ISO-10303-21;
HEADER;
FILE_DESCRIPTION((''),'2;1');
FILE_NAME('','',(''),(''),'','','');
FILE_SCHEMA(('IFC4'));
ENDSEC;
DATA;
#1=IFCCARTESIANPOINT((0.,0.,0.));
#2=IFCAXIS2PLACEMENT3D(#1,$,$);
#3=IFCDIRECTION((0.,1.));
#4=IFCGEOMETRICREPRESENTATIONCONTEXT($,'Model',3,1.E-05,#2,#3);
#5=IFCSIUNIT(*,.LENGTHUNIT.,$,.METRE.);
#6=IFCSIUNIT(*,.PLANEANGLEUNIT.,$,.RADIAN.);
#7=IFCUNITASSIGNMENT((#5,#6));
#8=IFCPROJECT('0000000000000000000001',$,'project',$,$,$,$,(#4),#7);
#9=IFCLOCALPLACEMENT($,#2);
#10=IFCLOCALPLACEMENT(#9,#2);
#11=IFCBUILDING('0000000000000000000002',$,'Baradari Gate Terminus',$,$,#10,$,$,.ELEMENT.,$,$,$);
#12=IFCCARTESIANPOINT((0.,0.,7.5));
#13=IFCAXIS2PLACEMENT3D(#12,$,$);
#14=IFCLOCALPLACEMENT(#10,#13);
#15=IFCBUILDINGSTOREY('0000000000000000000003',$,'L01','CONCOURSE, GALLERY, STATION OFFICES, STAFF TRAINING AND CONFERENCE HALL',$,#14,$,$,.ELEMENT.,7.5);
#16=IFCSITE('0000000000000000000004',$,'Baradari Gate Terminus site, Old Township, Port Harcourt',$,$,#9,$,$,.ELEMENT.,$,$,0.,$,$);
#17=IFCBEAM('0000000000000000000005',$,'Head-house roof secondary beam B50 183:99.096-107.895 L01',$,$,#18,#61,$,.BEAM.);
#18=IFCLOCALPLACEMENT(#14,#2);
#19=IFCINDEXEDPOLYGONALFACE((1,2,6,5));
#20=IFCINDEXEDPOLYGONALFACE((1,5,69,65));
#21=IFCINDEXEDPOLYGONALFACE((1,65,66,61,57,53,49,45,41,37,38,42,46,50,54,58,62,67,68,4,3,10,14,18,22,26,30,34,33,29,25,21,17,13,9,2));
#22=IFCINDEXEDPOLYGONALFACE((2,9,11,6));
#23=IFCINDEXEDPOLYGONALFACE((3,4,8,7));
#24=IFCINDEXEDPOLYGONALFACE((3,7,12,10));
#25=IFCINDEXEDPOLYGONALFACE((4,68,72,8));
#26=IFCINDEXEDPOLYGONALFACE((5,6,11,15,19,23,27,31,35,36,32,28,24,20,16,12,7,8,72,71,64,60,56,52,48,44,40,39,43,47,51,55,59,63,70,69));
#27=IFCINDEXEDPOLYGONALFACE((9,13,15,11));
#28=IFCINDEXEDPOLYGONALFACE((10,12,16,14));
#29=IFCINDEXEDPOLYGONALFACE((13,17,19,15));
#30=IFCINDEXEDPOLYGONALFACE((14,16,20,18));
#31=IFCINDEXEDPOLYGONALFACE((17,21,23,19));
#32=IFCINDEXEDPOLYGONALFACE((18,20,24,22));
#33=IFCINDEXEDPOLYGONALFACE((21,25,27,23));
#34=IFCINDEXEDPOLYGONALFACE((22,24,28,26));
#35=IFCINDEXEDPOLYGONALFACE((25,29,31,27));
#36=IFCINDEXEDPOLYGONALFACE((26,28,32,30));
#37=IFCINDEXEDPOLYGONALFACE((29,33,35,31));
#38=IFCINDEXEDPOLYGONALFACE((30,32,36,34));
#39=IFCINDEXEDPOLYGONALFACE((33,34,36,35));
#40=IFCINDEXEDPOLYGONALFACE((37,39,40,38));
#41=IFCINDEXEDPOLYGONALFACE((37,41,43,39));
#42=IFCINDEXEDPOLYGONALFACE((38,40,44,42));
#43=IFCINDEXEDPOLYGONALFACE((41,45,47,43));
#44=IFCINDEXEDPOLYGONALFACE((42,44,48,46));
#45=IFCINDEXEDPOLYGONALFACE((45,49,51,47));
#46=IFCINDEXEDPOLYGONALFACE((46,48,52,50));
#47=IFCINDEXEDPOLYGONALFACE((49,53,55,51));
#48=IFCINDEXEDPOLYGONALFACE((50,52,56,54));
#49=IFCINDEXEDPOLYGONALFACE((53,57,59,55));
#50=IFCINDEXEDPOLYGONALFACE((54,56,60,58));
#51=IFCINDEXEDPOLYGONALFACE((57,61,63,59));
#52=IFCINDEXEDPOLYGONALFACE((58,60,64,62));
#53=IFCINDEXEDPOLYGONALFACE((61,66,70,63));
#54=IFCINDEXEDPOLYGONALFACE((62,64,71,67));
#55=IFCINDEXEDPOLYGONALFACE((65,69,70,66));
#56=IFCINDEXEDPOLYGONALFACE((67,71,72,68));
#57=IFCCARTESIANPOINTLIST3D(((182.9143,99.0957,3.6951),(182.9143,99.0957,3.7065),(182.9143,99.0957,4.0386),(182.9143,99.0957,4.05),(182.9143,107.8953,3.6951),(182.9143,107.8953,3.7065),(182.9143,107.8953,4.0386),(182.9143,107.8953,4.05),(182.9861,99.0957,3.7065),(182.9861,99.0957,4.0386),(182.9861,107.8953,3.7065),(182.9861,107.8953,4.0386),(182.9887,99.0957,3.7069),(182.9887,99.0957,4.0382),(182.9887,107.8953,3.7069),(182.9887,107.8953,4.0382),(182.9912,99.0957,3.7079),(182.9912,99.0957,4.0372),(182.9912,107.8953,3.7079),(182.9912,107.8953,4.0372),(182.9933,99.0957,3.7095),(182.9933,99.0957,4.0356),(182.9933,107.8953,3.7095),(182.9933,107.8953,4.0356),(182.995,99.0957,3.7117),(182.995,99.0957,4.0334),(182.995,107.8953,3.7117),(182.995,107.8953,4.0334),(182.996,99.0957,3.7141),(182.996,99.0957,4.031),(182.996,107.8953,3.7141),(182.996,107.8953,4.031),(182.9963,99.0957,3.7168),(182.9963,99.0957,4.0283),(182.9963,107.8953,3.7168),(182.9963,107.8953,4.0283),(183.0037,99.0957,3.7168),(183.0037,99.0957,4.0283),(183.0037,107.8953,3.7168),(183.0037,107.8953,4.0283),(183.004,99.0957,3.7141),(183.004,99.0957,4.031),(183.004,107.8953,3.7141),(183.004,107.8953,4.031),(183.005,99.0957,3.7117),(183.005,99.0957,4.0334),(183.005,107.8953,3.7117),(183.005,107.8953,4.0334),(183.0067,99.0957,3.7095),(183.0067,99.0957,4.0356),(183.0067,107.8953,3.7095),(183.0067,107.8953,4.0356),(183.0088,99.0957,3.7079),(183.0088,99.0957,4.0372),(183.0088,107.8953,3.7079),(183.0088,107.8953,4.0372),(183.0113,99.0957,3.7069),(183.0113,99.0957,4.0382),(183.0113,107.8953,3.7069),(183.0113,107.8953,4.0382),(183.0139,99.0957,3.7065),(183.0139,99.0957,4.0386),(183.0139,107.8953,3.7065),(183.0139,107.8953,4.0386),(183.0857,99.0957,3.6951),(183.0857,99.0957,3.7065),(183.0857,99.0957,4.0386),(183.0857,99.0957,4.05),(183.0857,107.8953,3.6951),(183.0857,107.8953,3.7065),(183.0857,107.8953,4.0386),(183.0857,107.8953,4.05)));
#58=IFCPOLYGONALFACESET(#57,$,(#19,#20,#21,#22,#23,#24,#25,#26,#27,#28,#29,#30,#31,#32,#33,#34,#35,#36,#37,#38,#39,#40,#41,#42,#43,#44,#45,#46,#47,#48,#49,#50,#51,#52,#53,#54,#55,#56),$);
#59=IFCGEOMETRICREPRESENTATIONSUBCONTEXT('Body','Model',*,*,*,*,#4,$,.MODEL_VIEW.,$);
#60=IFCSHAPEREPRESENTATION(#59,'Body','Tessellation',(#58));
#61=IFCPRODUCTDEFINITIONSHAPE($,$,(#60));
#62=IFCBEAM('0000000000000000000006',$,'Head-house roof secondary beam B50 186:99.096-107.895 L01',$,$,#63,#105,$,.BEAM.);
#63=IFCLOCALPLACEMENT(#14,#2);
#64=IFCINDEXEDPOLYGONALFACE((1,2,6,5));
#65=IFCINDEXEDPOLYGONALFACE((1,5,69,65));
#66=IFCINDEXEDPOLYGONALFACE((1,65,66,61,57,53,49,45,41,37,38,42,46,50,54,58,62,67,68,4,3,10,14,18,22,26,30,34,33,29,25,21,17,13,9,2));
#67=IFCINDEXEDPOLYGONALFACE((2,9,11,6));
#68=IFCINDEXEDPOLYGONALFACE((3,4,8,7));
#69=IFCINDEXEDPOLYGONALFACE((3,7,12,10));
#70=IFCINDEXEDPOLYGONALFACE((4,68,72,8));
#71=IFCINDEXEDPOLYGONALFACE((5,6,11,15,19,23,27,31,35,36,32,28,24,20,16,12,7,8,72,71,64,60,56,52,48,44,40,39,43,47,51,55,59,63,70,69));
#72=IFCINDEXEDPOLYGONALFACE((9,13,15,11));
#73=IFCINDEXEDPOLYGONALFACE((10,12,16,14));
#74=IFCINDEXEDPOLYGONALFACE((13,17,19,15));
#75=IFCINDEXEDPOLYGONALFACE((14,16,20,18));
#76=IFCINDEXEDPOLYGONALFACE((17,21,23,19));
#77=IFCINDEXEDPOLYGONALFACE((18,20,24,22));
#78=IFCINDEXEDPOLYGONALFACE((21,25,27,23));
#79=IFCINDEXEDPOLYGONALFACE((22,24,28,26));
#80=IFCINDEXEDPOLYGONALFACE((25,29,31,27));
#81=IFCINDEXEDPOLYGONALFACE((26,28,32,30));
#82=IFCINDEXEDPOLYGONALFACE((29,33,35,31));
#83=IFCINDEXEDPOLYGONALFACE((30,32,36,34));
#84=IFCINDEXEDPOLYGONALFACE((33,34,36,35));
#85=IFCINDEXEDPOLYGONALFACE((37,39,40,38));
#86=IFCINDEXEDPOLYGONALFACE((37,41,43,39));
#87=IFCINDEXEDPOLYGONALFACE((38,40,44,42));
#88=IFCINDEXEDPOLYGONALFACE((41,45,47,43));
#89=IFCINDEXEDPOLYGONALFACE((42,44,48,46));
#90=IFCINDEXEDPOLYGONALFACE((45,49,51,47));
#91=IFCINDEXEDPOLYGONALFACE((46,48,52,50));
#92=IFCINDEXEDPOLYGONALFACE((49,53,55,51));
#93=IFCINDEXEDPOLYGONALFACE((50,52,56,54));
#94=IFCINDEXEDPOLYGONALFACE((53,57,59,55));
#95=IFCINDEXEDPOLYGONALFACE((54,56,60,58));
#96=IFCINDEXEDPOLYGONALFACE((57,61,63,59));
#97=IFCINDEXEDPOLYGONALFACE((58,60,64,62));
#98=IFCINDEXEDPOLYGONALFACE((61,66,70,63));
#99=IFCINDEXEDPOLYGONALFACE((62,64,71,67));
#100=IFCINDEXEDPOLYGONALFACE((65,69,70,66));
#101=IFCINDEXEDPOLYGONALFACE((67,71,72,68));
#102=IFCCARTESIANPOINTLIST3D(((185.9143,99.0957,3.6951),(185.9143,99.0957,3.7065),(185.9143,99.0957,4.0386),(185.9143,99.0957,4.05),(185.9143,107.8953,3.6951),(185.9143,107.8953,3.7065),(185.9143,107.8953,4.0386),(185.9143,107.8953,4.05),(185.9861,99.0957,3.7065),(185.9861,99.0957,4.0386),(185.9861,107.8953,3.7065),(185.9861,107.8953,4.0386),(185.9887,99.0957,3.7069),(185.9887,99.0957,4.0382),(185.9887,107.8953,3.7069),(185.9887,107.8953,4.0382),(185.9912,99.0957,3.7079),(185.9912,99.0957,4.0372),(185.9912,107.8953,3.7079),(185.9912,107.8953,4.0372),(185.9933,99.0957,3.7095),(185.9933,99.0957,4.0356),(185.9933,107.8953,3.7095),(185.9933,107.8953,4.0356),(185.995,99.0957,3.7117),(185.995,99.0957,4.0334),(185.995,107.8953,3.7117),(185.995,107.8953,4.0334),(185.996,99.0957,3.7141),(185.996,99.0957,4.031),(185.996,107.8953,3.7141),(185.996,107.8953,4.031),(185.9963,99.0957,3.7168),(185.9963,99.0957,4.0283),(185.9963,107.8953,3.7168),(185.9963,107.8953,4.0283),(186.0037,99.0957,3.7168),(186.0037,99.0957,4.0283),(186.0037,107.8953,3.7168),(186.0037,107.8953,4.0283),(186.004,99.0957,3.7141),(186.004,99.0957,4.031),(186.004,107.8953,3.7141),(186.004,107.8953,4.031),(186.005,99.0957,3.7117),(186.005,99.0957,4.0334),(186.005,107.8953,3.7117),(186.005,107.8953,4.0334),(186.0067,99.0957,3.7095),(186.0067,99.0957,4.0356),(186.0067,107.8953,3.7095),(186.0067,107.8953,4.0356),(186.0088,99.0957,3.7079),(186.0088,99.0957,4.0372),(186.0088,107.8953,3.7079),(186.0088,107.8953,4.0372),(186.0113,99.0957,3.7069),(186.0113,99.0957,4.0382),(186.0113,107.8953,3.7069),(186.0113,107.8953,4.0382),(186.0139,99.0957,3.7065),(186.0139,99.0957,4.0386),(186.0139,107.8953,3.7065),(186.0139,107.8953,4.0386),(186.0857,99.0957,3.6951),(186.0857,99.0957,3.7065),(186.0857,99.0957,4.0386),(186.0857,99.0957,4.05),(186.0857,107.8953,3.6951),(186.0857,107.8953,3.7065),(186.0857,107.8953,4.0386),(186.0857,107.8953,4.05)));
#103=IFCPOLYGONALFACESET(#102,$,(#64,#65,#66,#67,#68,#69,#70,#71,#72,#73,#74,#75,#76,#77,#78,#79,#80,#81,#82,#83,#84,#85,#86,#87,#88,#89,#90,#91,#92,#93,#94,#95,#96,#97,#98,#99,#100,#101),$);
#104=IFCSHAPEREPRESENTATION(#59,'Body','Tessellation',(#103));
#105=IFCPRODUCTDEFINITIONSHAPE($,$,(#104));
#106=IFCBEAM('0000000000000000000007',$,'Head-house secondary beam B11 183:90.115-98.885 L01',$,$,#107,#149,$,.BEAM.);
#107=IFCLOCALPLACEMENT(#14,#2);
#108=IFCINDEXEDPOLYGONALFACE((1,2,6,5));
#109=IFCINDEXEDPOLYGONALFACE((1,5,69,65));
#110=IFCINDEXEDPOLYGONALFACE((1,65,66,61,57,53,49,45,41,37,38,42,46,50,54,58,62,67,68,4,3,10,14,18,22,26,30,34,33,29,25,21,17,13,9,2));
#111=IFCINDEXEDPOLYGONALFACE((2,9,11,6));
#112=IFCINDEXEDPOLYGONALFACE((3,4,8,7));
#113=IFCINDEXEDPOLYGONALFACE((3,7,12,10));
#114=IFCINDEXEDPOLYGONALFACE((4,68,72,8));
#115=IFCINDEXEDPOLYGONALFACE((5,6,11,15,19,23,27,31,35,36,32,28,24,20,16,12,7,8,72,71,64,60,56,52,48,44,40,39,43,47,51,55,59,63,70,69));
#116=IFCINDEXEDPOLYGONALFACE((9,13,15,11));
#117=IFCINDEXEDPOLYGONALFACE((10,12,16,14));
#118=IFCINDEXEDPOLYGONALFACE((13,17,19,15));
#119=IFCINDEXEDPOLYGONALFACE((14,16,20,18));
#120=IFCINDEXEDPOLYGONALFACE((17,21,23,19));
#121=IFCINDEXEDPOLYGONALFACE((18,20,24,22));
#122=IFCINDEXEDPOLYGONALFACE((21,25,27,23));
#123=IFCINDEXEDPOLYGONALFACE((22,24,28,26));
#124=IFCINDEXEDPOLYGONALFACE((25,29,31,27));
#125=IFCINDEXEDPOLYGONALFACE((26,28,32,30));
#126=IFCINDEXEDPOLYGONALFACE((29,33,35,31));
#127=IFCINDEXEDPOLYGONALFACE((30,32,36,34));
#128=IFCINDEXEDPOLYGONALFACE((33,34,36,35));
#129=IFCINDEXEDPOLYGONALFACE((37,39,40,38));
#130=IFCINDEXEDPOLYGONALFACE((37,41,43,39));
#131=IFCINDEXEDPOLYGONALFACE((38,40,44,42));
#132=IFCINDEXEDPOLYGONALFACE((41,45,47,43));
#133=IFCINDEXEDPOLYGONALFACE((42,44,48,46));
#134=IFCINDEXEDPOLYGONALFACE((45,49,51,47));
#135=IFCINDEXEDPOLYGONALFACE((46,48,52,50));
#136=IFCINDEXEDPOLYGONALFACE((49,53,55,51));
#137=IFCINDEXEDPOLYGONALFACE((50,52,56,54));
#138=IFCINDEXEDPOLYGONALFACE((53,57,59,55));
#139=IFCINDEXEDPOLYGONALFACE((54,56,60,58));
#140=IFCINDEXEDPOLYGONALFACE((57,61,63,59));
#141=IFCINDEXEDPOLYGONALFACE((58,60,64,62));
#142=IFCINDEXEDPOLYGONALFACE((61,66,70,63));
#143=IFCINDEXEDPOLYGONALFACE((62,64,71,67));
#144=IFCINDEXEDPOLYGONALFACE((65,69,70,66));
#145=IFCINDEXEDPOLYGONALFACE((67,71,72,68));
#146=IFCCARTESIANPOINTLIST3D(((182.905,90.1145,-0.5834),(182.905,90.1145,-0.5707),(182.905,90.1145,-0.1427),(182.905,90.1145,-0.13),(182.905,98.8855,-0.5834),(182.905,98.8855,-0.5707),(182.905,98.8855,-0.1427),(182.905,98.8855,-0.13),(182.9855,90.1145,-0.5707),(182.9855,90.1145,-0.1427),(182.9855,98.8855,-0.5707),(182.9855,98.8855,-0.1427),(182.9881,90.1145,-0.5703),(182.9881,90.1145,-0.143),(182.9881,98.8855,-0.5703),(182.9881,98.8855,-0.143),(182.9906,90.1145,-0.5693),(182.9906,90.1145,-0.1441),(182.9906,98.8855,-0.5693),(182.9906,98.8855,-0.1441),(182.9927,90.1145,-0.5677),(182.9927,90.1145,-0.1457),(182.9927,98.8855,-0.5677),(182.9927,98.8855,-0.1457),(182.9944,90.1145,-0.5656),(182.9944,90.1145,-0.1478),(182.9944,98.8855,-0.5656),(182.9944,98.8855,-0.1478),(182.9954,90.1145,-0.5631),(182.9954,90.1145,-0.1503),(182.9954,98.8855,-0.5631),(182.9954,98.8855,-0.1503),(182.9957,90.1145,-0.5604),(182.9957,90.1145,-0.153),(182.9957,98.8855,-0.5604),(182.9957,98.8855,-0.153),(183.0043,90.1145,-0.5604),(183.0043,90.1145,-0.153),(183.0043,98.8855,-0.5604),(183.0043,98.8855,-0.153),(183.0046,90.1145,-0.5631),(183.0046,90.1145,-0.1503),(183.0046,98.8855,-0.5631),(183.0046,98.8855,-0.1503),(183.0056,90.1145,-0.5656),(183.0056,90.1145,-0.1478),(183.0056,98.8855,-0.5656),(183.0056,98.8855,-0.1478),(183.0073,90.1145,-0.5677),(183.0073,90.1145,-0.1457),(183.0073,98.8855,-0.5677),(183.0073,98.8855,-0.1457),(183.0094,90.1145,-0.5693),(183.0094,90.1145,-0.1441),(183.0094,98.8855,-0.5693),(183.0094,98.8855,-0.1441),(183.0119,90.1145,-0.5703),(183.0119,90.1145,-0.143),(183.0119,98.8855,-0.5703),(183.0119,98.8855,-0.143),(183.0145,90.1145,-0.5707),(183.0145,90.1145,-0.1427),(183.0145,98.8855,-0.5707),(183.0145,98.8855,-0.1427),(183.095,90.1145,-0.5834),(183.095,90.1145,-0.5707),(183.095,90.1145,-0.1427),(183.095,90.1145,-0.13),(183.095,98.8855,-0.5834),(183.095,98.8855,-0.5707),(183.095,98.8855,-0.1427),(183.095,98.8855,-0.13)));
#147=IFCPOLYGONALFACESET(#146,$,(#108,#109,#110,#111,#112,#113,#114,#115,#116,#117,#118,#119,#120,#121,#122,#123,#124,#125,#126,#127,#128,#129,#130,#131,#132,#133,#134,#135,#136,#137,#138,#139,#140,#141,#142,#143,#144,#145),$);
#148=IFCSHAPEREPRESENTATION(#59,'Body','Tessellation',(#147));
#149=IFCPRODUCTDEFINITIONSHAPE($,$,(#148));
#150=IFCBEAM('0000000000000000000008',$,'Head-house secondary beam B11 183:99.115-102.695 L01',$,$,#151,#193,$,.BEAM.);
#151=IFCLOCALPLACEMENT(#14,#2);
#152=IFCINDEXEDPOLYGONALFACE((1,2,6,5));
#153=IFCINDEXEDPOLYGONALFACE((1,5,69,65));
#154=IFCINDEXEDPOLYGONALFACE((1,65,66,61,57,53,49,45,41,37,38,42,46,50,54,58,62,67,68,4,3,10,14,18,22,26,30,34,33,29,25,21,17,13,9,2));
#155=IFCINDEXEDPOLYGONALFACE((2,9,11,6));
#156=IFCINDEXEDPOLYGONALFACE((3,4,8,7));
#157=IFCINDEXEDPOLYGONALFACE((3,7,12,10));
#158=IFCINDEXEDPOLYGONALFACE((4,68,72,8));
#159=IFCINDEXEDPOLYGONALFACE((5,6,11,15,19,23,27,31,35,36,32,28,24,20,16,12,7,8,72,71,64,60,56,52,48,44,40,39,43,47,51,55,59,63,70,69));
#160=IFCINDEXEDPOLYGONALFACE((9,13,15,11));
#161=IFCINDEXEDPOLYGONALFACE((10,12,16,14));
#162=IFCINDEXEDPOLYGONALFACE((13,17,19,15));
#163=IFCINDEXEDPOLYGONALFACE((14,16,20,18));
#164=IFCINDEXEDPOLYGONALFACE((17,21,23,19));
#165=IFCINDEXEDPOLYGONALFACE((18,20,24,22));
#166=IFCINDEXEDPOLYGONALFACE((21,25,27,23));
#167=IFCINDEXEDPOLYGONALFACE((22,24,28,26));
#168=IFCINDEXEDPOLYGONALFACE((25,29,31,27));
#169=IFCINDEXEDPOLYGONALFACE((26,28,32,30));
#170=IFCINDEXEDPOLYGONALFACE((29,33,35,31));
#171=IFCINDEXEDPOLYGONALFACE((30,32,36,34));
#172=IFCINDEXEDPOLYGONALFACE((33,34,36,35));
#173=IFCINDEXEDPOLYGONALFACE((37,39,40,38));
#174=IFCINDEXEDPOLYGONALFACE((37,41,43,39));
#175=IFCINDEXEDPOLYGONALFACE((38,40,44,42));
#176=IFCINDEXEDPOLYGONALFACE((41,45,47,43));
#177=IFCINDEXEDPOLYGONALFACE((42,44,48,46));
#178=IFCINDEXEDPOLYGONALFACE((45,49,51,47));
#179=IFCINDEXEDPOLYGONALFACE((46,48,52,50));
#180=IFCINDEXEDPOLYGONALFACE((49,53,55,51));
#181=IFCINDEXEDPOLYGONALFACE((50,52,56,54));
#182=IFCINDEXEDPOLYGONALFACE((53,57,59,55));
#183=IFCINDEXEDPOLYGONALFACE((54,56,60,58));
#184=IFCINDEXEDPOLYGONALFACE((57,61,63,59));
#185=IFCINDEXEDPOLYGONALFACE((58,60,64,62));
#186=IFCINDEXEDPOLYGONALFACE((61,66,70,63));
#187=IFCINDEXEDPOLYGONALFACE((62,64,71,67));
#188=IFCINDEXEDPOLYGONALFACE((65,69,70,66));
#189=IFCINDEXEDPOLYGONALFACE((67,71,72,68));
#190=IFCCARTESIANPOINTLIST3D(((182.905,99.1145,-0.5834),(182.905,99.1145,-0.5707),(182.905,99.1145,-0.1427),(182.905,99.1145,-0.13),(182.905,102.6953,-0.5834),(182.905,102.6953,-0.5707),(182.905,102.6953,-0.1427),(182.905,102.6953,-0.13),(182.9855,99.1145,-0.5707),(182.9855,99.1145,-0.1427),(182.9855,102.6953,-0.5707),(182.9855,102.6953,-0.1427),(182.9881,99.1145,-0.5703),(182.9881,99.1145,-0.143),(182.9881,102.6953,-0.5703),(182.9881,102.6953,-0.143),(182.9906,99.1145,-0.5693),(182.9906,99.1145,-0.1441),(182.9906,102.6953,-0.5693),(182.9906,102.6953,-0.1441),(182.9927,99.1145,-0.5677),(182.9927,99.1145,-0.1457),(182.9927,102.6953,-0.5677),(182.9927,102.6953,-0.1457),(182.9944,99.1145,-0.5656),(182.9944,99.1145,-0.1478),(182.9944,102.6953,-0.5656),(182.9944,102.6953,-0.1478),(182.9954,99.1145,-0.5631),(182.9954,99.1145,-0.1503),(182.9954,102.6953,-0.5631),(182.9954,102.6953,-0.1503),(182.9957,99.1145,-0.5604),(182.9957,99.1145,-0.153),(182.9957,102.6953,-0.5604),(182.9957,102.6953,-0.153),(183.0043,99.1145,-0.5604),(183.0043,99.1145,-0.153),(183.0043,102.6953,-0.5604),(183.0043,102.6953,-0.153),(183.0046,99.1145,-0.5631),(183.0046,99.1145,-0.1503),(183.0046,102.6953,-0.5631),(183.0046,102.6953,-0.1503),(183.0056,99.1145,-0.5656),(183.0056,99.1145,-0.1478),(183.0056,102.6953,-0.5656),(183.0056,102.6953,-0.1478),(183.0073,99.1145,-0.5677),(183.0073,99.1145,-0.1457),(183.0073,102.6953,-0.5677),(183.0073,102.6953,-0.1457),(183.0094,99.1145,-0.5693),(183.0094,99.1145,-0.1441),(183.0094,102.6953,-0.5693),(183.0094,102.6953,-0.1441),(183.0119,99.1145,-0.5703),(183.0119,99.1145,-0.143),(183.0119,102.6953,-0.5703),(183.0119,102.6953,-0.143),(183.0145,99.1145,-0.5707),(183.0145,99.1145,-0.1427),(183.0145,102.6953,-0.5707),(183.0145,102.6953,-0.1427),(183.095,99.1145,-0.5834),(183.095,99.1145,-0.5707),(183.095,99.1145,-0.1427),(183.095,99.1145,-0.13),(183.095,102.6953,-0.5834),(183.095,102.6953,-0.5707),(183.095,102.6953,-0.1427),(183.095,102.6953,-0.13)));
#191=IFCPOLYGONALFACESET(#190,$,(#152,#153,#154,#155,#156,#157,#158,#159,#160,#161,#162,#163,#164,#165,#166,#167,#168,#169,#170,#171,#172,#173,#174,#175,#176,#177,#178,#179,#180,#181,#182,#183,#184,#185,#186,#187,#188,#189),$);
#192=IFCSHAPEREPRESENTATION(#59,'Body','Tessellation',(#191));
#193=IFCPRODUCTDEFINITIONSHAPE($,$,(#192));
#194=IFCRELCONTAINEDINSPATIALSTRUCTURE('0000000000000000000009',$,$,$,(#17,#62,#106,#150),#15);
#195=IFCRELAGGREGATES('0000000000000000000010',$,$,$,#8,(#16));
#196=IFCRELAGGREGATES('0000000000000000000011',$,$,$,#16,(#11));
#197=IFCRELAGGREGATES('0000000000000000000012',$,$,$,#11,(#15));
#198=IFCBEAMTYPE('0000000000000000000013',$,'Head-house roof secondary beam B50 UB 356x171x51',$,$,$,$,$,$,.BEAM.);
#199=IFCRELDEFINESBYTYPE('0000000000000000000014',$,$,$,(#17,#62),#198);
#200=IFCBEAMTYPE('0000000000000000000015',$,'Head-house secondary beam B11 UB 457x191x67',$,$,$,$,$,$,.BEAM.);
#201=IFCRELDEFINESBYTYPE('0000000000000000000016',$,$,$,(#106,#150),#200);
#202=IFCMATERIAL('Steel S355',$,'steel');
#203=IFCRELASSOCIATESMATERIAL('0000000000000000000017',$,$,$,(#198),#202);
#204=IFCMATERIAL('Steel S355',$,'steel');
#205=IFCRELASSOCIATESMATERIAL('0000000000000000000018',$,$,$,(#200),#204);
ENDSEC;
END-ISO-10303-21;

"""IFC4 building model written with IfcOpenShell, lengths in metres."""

from ifc_helpers import new_model, si_unit, direction, frame, origin, origin_2d, place, context, subcontext, project, spatial, i_section, extrude, material, material_profile, profile_set, type_object, element, save


model = new_model("IFC4")

# Units and contexts
model_context = context("Model", 3, precision=1e-05, world=origin(), true_north=direction((0.0, 1.0)))
body_context = subcontext(model_context, "Body", "Model", "MODEL_VIEW")
ifc_project = project(units=[si_unit("LENGTHUNIT", "METRE"), si_unit("PLANEANGLEUNIT", "RADIAN")], contexts=[model_context])

# Site, building, storey
site_placement = place(None, origin())
site = spatial("IfcSite", under=ifc_project, at=site_placement, Name="Baradari Gate Terminus site, Old Township, Port Harcourt", CompositionType="ELEMENT", RefElevation=0.0)
building_placement = place(site_placement, origin())
building = spatial("IfcBuilding", under=site, at=building_placement, Name="Baradari Gate Terminus", CompositionType="ELEMENT")
storey_placement = place(building_placement, frame((0.0, 0.0, 7.5)))
storey = spatial("IfcBuildingStorey", under=building, at=storey_placement, Name="L01", Description="CONCOURSE, GALLERY, STATION OFFICES, STAFF TRAINING AND CONFERENCE HALL", CompositionType="ELEMENT", Elevation=7.5)

# Beams
ifc_material_1 = material(Name="Steel S355", Category="steel")
ifc_material_profile_1 = material_profile(ifc_material_1, i_section(OverallWidth=0.1714, OverallDepth=0.355, WebThickness=0.0073, FlangeThickness=0.0115, FilletRadius=0.0103, at=origin_2d()), Name="UB 356x171x51")
ifc_profile_set_1 = profile_set([ifc_material_profile_1], Name="Steel S355")
beam_type_1 = type_object("IfcBeamType", Name="Head-house roof secondary beam B50 UB 356x171x51", PredefinedType="BEAM", material=ifc_profile_set_1)
for number, where, z_axis, x_axis, name in (
    (1, (183.0, 99.0957, 3.8726), (0.0, 1.0, 0.0), (-1.0, 0.0, 0.0), "Head-house roof secondary beam B50 183:99.096-107.895 L01"),
    (2, (186.0, 99.0957, 3.8726), (0.0, 1.0, 0.0), (-1.0, 0.0, 0.0), "Head-house roof secondary beam B50 186:99.096-107.895 L01"),
):
    element("IfcBeam", number, at=place(storey_placement, frame(where, z_axis=z_axis, x_axis=x_axis)), inside=storey, type_object=beam_type_1, Name=name, PredefinedType="BEAM", context=body_context, shape_type="SweptSolid", body=[
        extrude(i_section(OverallWidth=0.1714, OverallDepth=0.355, WebThickness=0.0073, FlangeThickness=0.0115, FilletRadius=0.0103, at=origin_2d()), origin(), (0.0, 0.0, 1.0), 8.7996),
    ])
ifc_material_2 = material(Name="Steel S355", Category="steel")
ifc_material_profile_2 = material_profile(ifc_material_2, i_section(OverallWidth=0.1899, OverallDepth=0.4534, WebThickness=0.0085, FlangeThickness=0.0127, FilletRadius=0.0103, at=origin_2d()), Name="UB 457x191x67")
ifc_profile_set_2 = profile_set([ifc_material_profile_2], Name="Steel S355")
beam_type_2 = type_object("IfcBeamType", Name="Head-house secondary beam B11 UB 457x191x67", PredefinedType="BEAM", material=ifc_profile_set_2)
beam_1_placement = place(storey_placement, frame((183.0, 90.1145, -0.3567), z_axis=(0.0, 1.0, 0.0), x_axis=(-1.0, 0.0, 0.0)))
element("IfcBeam", 3, at=beam_1_placement, inside=storey, type_object=beam_type_2, Name="Head-house secondary beam B11 183:90.115-98.885 L01", PredefinedType="BEAM", context=body_context, shape_type="SweptSolid", body=[
    extrude(i_section(OverallWidth=0.1899, OverallDepth=0.4534, WebThickness=0.0085, FlangeThickness=0.0127, FilletRadius=0.0103, at=origin_2d()), origin(), (0.0, 0.0, 1.0), 8.771),
])
beam_2_placement = place(storey_placement, frame((183.0, 99.1145, -0.3567), z_axis=(0.0, 1.0, 0.0), x_axis=(-1.0, 0.0, 0.0)))
element("IfcBeam", 4, at=beam_2_placement, inside=storey, type_object=beam_type_2, Name="Head-house secondary beam B11 183:99.115-102.695 L01", PredefinedType="BEAM", context=body_context, shape_type="SweptSolid", body=[
    extrude(i_section(OverallWidth=0.1899, OverallDepth=0.4534, WebThickness=0.0085, FlangeThickness=0.0127, FilletRadius=0.0103, at=origin_2d()), origin(), (0.0, 0.0, 1.0), 3.5808),
])

save(model, "model.ifc")
